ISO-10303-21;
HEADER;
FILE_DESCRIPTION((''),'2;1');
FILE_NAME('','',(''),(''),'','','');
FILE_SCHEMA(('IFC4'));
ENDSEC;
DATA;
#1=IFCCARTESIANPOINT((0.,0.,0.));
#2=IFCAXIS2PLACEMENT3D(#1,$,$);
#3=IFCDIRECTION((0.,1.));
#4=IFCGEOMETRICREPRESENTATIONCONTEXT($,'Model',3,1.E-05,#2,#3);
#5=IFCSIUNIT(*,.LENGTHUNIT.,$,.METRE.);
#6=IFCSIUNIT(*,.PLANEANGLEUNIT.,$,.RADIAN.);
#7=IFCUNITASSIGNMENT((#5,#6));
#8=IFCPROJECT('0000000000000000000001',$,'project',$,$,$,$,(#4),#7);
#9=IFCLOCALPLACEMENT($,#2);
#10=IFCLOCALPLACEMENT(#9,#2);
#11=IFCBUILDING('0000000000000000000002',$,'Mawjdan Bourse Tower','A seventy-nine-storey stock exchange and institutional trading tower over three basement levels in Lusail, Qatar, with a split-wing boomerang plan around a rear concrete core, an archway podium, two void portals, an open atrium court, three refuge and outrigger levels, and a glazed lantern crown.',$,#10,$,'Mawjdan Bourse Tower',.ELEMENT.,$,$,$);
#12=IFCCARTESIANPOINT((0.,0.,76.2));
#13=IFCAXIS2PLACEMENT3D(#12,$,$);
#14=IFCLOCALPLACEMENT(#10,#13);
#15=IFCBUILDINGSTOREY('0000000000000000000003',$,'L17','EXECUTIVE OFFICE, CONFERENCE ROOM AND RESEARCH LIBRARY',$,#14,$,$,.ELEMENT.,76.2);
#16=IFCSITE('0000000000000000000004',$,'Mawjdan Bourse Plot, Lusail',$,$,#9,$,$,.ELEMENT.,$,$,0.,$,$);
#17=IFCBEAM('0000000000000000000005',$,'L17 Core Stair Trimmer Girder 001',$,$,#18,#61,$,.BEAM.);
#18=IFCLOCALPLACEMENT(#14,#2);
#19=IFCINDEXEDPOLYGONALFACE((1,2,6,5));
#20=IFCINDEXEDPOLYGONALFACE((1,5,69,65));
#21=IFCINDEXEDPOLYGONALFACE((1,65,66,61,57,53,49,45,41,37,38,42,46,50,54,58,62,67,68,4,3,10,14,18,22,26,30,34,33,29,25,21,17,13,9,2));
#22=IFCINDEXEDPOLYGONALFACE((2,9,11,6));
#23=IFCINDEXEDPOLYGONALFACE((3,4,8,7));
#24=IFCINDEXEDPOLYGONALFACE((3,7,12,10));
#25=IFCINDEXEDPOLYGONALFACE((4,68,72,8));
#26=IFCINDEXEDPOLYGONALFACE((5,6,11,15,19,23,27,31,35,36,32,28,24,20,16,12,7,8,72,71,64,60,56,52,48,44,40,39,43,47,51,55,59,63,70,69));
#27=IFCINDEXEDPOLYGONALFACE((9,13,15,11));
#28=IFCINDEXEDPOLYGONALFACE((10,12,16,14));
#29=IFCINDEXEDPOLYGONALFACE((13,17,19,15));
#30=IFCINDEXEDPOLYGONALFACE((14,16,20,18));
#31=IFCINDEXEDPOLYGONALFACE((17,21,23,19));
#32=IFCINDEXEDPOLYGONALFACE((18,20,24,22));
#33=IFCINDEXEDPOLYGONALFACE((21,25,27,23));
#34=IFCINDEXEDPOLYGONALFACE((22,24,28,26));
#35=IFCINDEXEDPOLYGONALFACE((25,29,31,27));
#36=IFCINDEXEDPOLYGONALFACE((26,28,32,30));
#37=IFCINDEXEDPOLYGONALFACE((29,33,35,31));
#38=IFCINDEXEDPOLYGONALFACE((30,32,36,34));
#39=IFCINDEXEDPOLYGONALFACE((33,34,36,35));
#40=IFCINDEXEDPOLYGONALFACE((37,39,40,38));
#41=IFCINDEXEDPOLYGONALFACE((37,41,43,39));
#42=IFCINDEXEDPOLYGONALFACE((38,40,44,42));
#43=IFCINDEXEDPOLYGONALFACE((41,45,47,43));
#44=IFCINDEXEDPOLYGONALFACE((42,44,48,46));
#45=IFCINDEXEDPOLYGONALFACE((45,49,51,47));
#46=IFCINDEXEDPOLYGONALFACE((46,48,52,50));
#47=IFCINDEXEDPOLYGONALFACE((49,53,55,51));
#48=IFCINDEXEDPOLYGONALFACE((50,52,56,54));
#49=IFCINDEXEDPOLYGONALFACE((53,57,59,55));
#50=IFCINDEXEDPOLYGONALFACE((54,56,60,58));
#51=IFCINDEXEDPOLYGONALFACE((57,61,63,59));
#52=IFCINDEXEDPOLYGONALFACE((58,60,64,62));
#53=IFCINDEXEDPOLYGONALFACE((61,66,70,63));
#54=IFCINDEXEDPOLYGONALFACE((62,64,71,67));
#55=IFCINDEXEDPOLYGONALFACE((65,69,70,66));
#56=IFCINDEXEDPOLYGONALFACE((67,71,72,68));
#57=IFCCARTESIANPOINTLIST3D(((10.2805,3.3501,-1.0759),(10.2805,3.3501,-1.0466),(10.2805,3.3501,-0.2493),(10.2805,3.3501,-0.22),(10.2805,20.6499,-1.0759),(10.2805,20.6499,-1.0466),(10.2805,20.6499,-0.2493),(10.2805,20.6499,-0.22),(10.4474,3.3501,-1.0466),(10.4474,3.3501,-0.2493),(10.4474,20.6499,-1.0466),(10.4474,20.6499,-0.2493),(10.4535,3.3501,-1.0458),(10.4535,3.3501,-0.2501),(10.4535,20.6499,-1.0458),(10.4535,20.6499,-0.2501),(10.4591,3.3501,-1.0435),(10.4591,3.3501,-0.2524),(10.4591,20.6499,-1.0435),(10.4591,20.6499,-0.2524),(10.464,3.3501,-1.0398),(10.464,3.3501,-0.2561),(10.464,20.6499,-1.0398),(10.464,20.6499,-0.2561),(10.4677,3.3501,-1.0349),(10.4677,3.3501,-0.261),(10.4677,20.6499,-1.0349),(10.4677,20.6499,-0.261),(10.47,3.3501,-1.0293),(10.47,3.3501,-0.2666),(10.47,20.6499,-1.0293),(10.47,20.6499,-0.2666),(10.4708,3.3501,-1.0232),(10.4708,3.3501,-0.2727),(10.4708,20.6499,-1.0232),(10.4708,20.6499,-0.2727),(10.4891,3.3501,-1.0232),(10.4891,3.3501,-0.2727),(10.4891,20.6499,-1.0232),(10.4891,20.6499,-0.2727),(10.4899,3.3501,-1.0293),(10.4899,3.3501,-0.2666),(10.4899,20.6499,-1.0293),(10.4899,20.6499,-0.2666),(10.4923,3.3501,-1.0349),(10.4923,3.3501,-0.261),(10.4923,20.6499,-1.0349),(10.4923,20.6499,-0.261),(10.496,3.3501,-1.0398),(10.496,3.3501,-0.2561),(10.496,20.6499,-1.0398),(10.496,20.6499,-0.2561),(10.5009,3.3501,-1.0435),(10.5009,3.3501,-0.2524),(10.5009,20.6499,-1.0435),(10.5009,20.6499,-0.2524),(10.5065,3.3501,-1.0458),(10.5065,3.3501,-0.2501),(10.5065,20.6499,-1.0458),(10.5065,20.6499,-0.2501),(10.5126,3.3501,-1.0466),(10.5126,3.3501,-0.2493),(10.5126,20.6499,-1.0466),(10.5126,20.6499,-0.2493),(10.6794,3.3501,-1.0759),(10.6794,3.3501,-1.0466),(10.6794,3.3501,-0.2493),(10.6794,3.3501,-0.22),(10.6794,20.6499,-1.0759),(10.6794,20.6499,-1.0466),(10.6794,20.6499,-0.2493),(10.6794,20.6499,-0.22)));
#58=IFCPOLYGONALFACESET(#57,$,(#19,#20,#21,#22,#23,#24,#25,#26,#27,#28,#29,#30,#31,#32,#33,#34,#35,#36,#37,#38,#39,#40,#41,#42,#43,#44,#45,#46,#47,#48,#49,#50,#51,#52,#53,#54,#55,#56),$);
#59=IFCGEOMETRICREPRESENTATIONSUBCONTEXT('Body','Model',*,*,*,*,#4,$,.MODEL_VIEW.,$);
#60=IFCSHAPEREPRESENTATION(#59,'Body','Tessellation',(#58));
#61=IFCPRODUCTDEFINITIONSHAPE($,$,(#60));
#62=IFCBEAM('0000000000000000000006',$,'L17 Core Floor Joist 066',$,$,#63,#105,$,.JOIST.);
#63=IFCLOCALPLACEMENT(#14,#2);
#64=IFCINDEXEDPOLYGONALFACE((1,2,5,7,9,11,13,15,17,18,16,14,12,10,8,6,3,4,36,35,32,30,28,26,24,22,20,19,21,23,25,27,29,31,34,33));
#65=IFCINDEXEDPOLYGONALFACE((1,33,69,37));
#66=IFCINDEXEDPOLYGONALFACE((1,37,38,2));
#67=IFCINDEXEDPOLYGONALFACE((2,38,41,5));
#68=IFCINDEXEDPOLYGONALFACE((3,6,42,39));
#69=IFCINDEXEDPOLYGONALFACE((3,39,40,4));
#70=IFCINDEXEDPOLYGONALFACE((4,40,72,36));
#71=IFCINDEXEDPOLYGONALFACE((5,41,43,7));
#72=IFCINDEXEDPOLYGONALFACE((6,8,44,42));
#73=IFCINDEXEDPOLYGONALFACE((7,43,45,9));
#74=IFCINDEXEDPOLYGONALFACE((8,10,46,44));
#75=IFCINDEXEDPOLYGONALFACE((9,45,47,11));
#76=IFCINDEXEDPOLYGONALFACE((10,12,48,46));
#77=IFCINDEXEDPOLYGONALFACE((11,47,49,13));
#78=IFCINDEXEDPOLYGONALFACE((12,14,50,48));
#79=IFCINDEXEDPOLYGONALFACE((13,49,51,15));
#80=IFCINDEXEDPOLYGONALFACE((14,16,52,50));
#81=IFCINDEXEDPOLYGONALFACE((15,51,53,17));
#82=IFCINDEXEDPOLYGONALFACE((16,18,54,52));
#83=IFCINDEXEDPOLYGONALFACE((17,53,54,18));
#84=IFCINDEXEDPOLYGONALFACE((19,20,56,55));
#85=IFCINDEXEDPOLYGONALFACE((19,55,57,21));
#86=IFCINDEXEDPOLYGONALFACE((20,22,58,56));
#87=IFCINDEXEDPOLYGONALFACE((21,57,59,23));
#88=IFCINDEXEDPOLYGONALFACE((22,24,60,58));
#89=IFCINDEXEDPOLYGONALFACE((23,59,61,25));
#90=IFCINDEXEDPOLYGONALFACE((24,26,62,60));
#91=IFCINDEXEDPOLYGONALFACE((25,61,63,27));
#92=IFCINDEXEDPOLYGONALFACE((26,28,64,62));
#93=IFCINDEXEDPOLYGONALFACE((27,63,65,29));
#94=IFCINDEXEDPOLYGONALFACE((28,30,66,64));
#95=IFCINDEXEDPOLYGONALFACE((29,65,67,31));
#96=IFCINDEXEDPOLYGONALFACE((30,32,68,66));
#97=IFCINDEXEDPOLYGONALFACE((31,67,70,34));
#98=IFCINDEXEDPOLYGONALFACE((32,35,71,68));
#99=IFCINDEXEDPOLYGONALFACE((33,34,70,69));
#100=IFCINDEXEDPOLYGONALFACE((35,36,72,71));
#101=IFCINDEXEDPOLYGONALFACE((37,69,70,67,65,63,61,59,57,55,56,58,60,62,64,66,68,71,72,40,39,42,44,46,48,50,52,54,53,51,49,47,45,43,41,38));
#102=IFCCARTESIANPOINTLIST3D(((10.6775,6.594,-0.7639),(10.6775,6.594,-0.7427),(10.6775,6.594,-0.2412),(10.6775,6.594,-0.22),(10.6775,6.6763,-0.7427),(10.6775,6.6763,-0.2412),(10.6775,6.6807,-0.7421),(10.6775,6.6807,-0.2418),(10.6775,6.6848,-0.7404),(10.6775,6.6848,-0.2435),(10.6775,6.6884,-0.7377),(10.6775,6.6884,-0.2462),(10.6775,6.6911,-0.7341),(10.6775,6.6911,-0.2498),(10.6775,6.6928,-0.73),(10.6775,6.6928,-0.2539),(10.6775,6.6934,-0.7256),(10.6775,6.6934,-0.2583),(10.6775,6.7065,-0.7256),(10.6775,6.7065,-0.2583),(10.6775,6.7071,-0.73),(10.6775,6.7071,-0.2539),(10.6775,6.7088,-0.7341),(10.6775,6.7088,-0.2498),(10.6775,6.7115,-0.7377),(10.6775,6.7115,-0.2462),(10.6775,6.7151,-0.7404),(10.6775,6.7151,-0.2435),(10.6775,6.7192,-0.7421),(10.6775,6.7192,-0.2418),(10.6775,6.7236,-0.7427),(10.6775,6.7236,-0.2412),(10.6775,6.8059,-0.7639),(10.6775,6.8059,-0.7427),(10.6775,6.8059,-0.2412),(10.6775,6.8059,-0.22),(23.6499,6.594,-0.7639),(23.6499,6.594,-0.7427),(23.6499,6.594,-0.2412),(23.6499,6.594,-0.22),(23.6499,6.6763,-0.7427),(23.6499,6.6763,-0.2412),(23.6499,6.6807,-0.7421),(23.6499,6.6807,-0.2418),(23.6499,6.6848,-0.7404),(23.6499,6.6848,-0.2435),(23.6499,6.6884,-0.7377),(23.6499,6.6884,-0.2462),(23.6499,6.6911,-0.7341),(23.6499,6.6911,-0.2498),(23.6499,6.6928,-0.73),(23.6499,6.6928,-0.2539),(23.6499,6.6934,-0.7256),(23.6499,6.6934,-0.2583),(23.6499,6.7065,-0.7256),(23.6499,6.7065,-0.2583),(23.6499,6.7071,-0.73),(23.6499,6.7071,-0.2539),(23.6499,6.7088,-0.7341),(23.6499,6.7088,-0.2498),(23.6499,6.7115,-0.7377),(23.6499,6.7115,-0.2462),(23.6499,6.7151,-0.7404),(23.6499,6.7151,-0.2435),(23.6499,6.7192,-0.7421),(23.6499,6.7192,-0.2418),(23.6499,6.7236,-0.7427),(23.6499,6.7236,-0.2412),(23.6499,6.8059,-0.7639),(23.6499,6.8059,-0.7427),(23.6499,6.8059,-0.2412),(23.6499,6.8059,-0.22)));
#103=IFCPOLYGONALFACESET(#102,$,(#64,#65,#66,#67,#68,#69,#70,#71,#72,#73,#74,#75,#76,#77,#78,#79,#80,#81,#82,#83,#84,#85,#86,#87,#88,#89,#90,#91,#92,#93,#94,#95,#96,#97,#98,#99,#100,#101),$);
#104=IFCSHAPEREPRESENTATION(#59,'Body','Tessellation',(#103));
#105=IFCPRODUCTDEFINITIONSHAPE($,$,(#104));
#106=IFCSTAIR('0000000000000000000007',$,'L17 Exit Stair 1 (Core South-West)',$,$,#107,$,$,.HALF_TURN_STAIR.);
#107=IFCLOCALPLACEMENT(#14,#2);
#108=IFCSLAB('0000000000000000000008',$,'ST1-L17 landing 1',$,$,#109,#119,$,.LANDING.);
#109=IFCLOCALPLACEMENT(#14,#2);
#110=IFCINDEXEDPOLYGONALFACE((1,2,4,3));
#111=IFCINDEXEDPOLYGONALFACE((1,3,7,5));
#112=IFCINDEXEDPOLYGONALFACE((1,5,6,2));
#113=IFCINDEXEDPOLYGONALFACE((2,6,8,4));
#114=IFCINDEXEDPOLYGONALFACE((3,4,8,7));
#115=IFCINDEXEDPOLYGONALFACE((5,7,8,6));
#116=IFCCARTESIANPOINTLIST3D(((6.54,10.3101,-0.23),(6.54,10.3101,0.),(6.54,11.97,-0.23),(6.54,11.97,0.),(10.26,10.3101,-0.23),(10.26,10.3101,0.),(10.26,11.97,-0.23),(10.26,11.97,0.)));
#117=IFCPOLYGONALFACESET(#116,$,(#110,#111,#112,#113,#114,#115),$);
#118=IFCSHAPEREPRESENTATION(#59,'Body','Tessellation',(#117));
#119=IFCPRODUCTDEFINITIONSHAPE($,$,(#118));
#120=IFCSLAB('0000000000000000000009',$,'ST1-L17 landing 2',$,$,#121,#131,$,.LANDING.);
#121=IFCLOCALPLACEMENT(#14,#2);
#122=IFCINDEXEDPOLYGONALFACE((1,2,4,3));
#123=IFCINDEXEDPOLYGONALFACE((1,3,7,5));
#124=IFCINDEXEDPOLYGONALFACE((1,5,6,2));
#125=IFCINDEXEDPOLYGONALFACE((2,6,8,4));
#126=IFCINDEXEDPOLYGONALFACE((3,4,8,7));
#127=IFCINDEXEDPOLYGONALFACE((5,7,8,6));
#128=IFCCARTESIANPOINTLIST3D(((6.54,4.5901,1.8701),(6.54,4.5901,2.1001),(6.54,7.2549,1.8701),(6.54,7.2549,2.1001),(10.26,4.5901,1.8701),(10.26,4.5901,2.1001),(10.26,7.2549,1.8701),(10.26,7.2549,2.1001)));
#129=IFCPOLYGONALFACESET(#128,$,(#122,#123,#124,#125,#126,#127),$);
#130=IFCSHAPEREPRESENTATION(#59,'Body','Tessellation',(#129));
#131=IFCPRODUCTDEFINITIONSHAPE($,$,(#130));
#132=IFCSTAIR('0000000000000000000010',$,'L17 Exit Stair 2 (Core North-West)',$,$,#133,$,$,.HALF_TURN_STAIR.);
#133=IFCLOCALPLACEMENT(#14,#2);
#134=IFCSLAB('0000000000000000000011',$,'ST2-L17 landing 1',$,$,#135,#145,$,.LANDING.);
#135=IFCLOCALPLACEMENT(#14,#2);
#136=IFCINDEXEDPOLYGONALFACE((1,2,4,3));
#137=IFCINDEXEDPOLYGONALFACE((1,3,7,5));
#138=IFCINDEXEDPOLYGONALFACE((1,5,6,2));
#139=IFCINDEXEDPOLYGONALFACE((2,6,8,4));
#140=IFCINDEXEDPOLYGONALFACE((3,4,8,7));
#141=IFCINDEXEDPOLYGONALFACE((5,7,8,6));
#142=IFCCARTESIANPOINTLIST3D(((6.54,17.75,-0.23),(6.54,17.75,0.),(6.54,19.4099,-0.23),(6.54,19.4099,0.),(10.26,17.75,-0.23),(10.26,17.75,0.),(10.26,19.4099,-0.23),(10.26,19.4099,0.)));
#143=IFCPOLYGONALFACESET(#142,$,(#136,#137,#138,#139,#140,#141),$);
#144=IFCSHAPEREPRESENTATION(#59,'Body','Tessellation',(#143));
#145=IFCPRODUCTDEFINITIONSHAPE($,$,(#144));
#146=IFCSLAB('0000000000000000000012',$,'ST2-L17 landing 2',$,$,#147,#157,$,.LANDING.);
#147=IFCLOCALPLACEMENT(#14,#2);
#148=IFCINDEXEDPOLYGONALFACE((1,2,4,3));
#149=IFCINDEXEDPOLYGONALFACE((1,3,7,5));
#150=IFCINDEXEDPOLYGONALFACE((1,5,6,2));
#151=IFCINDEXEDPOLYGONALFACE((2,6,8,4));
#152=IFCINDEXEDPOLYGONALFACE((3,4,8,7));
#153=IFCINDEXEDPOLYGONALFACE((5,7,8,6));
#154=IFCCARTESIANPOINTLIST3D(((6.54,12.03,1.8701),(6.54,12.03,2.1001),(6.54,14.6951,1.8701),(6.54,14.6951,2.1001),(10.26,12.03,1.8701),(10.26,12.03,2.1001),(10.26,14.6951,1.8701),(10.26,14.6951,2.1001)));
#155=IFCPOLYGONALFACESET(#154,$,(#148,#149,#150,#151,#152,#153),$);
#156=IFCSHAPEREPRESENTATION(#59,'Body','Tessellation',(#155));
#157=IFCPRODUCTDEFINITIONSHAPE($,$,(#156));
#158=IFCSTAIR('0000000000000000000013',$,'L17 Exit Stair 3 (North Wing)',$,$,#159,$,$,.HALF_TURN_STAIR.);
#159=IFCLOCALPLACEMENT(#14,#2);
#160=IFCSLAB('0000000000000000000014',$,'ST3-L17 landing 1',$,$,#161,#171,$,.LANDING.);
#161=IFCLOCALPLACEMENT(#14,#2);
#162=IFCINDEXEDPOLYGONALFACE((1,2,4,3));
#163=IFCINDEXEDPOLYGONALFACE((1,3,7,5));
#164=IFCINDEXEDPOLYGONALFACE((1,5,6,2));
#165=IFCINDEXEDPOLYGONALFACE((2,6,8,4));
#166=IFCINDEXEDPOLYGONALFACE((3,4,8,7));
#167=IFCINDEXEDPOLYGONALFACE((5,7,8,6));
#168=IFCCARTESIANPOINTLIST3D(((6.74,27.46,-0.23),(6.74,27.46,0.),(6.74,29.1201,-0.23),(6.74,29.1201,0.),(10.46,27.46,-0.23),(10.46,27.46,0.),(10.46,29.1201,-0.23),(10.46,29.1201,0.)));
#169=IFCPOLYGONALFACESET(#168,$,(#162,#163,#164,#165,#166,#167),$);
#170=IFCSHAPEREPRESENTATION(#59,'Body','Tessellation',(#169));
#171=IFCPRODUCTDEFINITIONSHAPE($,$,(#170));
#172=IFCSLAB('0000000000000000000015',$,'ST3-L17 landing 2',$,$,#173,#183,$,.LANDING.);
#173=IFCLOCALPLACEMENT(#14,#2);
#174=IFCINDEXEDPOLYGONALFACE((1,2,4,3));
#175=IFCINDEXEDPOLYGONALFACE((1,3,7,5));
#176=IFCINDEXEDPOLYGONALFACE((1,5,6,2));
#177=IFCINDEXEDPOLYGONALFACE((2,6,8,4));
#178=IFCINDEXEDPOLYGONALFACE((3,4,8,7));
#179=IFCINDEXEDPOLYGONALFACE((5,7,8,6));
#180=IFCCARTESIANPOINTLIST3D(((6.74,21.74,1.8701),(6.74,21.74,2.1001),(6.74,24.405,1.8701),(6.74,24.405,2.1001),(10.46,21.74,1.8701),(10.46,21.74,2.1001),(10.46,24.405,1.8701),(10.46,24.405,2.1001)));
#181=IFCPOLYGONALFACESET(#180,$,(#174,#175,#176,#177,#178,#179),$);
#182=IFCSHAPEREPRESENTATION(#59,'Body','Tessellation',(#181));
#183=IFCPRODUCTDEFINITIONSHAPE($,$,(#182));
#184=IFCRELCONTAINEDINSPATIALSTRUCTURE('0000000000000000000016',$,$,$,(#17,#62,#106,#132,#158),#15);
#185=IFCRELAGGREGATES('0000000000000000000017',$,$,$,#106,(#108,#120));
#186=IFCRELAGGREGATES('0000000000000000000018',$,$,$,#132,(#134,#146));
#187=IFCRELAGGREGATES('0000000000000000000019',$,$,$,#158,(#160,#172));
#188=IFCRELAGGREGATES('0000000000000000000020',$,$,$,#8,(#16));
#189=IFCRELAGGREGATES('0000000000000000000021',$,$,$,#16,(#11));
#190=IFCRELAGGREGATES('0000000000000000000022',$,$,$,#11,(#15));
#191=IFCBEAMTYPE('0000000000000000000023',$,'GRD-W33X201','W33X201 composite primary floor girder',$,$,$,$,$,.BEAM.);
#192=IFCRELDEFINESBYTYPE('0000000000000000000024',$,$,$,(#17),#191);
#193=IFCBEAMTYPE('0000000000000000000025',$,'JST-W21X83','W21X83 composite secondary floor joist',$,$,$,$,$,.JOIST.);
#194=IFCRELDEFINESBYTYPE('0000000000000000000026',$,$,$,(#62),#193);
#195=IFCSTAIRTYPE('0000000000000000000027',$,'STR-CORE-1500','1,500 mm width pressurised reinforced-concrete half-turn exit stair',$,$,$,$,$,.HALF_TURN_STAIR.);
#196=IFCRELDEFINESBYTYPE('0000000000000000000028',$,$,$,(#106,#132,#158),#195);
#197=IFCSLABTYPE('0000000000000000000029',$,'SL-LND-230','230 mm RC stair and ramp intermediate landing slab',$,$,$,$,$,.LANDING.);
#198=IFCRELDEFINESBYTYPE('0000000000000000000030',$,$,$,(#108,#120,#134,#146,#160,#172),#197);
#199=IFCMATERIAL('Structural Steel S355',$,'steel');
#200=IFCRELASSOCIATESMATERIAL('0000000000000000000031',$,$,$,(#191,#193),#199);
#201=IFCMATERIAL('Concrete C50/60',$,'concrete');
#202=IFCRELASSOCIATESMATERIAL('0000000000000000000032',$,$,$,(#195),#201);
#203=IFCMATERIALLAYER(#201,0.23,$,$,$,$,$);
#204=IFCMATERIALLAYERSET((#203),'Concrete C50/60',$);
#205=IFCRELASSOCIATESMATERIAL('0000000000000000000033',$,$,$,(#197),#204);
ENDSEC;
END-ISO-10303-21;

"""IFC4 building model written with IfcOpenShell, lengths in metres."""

from ifc_helpers import new_model, si_unit, direction, frame, origin, origin_2d, place, context, subcontext, project, spatial, polyline, i_section, outline, extrude, material, layer, layer_set, material_profile, profile_set, type_object, element, aggregate, save


model = new_model("IFC4")

# Units and contexts
model_context = context("Model", 3, precision=1e-05, world=origin(), true_north=direction((0.0, 1.0)))
body_context = subcontext(model_context, "Body", "Model", "MODEL_VIEW")
ifc_project = project(units=[si_unit("LENGTHUNIT", "METRE"), si_unit("PLANEANGLEUNIT", "RADIAN")], contexts=[model_context])

# Site, building, storey
site_placement = place(None, origin())
site = spatial("IfcSite", under=ifc_project, at=site_placement, Name="Mawjdan Bourse Plot, Lusail", CompositionType="ELEMENT", RefElevation=0.0)
building_placement = place(site_placement, origin())
building = spatial("IfcBuilding", under=site, at=building_placement, Name="Mawjdan Bourse Tower", Description="A seventy-nine-storey stock exchange and institutional trading tower over three basement levels in Lusail, Qatar, with a split-wing boomerang plan around a rear concrete core, an archway podium, two void portals, an open atrium court, three refuge and outrigger levels, and a glazed lantern crown.", LongName="Mawjdan Bourse Tower", CompositionType="ELEMENT")
storey_placement = place(building_placement, frame((0.0, 0.0, 76.2)))
storey = spatial("IfcBuildingStorey", under=building, at=storey_placement, Name="L17", Description="EXECUTIVE OFFICE, CONFERENCE ROOM AND RESEARCH LIBRARY", CompositionType="ELEMENT", Elevation=76.2)

# Beams
ifc_material_1 = material(Name="Structural Steel S355", Category="steel")
ifc_material_profile_1 = material_profile(ifc_material_1, i_section(OverallWidth=0.3989, OverallDepth=0.856, WebThickness=0.0183, FlangeThickness=0.0293, FilletRadius=0.0234, at=origin_2d()), Name="W33X201")
ifc_profile_set_1 = profile_set([ifc_material_profile_1], Name="Structural Steel S355")
beam_type_1 = type_object("IfcBeamType", Name="GRD-W33X201", Description="W33X201 composite primary floor girder", PredefinedType="BEAM", material=ifc_profile_set_1)
beam_1_placement = place(storey_placement, frame((10.48, 3.3501, -0.6479), z_axis=(0.0, 1.0, 0.0), x_axis=(-1.0, 0.0, 0.0)))
element("IfcBeam", 1, at=beam_1_placement, inside=storey, type_object=beam_type_1, Name="L17 Core Stair Trimmer Girder 001", PredefinedType="BEAM", context=body_context, shape_type="SweptSolid", body=[
    extrude(i_section(OverallWidth=0.3989, OverallDepth=0.856, WebThickness=0.0183, FlangeThickness=0.0293, FilletRadius=0.0234, at=origin_2d()), origin(), (0.0, 0.0, 1.0), 17.2998),
])
ifc_material_profile_2 = material_profile(ifc_material_1, i_section(OverallWidth=0.2119, OverallDepth=0.5439, WebThickness=0.0132, FlangeThickness=0.0212, FilletRadius=0.0171, at=origin_2d()), Name="W21X83")
ifc_profile_set_2 = profile_set([ifc_material_profile_2], Name="Structural Steel S355")
beam_type_2 = type_object("IfcBeamType", Name="JST-W21X83", Description="W21X83 composite secondary floor joist", PredefinedType="JOIST", material=ifc_profile_set_2)
beam_2_placement = place(storey_placement, frame((10.6775, 6.7, -0.4919), z_axis=(1.0, 0.0, 0.0), x_axis=(0.0, 1.0, 0.0)))
element("IfcBeam", 2, at=beam_2_placement, inside=storey, type_object=beam_type_2, Name="L17 Core Floor Joist 066", PredefinedType="JOIST", context=body_context, shape_type="SweptSolid", body=[
    extrude(i_section(OverallWidth=0.2119, OverallDepth=0.5439, WebThickness=0.0132, FlangeThickness=0.0212, FilletRadius=0.0171, at=origin_2d()), origin(), (0.0, 0.0, 1.0), 12.9724),
])

# Stairs, slabs
ifc_material_2 = material(Name="Concrete C50/60", Category="concrete")
stair_type = type_object("IfcStairType", Name="STR-CORE-1500", Description="1,500 mm width pressurised reinforced-concrete half-turn exit stair", PredefinedType="HALF_TURN_STAIR", material=ifc_material_2)
stair_1_placement = place(storey_placement, origin())
stair_1 = element("IfcStair", 3, at=stair_1_placement, inside=storey, type_object=stair_type, Name="L17 Exit Stair 1 (Core South-West)", PredefinedType="HALF_TURN_STAIR")
ifc_layer_1 = layer(ifc_material_2, 0.23)
ifc_layer_set_1 = layer_set([ifc_layer_1], Name="Concrete C50/60")
slab_type_1 = type_object("IfcSlabType", Name="SL-LND-230", Description="230 mm RC stair and ramp intermediate landing slab", PredefinedType="LANDING", material=ifc_layer_set_1)
slab_1_placement = place(storey_placement, frame((0.0, 0.0, -0.23)))
slab_1 = element("IfcSlab", 4, at=slab_1_placement, type_object=slab_type_1, Name="ST1-L17 landing 1", PredefinedType="LANDING", context=body_context, shape_type="SweptSolid", body=[
    extrude(outline(polyline([(6.54, 10.3101), (10.26, 10.3101), (10.26, 11.97), (6.54, 11.97), (6.54, 10.3101)])), origin(), (0.0, 0.0, 1.0), 0.23),
])
slab_2_placement = place(storey_placement, frame((0.0, 0.0, 1.8701)))
slab_2 = element("IfcSlab", 5, at=slab_2_placement, type_object=slab_type_1, Name="ST1-L17 landing 2", PredefinedType="LANDING", context=body_context, shape_type="SweptSolid", body=[
    extrude(outline(polyline([(6.54, 4.5901), (10.26, 4.5901), (10.26, 7.2549), (6.54, 7.2549), (6.54, 4.5901)])), origin(), (0.0, 0.0, 1.0), 0.23),
])
aggregate(stair_1, [slab_1, slab_2])
stair_2_placement = place(storey_placement, origin())
stair_2 = element("IfcStair", 6, at=stair_2_placement, inside=storey, type_object=stair_type, Name="L17 Exit Stair 2 (Core North-West)", PredefinedType="HALF_TURN_STAIR")
slab_3_placement = place(storey_placement, frame((0.0, 0.0, -0.23)))
slab_3 = element("IfcSlab", 7, at=slab_3_placement, type_object=slab_type_1, Name="ST2-L17 landing 1", PredefinedType="LANDING", context=body_context, shape_type="SweptSolid", body=[
    extrude(outline(polyline([(6.54, 17.75), (10.26, 17.75), (10.26, 19.4099), (6.54, 19.4099), (6.54, 17.75)])), origin(), (0.0, 0.0, 1.0), 0.23),
])
slab_4_placement = place(storey_placement, frame((0.0, 0.0, 1.8701)))
slab_4 = element("IfcSlab", 8, at=slab_4_placement, type_object=slab_type_1, Name="ST2-L17 landing 2", PredefinedType="LANDING", context=body_context, shape_type="SweptSolid", body=[
    extrude(outline(polyline([(6.54, 12.03), (10.26, 12.03), (10.26, 14.6951), (6.54, 14.6951), (6.54, 12.03)])), origin(), (0.0, 0.0, 1.0), 0.23),
])
aggregate(stair_2, [slab_3, slab_4])
stair_3_placement = place(storey_placement, origin())
stair_3 = element("IfcStair", 9, at=stair_3_placement, inside=storey, type_object=stair_type, Name="L17 Exit Stair 3 (North Wing)", PredefinedType="HALF_TURN_STAIR")
slab_5_placement = place(storey_placement, frame((0.0, 0.0, -0.23)))
slab_5 = element("IfcSlab", 10, at=slab_5_placement, type_object=slab_type_1, Name="ST3-L17 landing 1", PredefinedType="LANDING", context=body_context, shape_type="SweptSolid", body=[
    extrude(outline(polyline([(6.74, 27.46), (10.46, 27.46), (10.46, 29.1201), (6.74, 29.1201), (6.74, 27.46)])), origin(), (0.0, 0.0, 1.0), 0.23),
])
slab_6_placement = place(storey_placement, frame((0.0, 0.0, 1.8701)))
slab_6 = element("IfcSlab", 11, at=slab_6_placement, type_object=slab_type_1, Name="ST3-L17 landing 2", PredefinedType="LANDING", context=body_context, shape_type="SweptSolid", body=[
    extrude(outline(polyline([(6.74, 21.74), (10.46, 21.74), (10.46, 24.405), (6.74, 24.405), (6.74, 21.74)])), origin(), (0.0, 0.0, 1.0), 0.23),
])
aggregate(stair_3, [slab_5, slab_6])

save(model, "model.ifc")
